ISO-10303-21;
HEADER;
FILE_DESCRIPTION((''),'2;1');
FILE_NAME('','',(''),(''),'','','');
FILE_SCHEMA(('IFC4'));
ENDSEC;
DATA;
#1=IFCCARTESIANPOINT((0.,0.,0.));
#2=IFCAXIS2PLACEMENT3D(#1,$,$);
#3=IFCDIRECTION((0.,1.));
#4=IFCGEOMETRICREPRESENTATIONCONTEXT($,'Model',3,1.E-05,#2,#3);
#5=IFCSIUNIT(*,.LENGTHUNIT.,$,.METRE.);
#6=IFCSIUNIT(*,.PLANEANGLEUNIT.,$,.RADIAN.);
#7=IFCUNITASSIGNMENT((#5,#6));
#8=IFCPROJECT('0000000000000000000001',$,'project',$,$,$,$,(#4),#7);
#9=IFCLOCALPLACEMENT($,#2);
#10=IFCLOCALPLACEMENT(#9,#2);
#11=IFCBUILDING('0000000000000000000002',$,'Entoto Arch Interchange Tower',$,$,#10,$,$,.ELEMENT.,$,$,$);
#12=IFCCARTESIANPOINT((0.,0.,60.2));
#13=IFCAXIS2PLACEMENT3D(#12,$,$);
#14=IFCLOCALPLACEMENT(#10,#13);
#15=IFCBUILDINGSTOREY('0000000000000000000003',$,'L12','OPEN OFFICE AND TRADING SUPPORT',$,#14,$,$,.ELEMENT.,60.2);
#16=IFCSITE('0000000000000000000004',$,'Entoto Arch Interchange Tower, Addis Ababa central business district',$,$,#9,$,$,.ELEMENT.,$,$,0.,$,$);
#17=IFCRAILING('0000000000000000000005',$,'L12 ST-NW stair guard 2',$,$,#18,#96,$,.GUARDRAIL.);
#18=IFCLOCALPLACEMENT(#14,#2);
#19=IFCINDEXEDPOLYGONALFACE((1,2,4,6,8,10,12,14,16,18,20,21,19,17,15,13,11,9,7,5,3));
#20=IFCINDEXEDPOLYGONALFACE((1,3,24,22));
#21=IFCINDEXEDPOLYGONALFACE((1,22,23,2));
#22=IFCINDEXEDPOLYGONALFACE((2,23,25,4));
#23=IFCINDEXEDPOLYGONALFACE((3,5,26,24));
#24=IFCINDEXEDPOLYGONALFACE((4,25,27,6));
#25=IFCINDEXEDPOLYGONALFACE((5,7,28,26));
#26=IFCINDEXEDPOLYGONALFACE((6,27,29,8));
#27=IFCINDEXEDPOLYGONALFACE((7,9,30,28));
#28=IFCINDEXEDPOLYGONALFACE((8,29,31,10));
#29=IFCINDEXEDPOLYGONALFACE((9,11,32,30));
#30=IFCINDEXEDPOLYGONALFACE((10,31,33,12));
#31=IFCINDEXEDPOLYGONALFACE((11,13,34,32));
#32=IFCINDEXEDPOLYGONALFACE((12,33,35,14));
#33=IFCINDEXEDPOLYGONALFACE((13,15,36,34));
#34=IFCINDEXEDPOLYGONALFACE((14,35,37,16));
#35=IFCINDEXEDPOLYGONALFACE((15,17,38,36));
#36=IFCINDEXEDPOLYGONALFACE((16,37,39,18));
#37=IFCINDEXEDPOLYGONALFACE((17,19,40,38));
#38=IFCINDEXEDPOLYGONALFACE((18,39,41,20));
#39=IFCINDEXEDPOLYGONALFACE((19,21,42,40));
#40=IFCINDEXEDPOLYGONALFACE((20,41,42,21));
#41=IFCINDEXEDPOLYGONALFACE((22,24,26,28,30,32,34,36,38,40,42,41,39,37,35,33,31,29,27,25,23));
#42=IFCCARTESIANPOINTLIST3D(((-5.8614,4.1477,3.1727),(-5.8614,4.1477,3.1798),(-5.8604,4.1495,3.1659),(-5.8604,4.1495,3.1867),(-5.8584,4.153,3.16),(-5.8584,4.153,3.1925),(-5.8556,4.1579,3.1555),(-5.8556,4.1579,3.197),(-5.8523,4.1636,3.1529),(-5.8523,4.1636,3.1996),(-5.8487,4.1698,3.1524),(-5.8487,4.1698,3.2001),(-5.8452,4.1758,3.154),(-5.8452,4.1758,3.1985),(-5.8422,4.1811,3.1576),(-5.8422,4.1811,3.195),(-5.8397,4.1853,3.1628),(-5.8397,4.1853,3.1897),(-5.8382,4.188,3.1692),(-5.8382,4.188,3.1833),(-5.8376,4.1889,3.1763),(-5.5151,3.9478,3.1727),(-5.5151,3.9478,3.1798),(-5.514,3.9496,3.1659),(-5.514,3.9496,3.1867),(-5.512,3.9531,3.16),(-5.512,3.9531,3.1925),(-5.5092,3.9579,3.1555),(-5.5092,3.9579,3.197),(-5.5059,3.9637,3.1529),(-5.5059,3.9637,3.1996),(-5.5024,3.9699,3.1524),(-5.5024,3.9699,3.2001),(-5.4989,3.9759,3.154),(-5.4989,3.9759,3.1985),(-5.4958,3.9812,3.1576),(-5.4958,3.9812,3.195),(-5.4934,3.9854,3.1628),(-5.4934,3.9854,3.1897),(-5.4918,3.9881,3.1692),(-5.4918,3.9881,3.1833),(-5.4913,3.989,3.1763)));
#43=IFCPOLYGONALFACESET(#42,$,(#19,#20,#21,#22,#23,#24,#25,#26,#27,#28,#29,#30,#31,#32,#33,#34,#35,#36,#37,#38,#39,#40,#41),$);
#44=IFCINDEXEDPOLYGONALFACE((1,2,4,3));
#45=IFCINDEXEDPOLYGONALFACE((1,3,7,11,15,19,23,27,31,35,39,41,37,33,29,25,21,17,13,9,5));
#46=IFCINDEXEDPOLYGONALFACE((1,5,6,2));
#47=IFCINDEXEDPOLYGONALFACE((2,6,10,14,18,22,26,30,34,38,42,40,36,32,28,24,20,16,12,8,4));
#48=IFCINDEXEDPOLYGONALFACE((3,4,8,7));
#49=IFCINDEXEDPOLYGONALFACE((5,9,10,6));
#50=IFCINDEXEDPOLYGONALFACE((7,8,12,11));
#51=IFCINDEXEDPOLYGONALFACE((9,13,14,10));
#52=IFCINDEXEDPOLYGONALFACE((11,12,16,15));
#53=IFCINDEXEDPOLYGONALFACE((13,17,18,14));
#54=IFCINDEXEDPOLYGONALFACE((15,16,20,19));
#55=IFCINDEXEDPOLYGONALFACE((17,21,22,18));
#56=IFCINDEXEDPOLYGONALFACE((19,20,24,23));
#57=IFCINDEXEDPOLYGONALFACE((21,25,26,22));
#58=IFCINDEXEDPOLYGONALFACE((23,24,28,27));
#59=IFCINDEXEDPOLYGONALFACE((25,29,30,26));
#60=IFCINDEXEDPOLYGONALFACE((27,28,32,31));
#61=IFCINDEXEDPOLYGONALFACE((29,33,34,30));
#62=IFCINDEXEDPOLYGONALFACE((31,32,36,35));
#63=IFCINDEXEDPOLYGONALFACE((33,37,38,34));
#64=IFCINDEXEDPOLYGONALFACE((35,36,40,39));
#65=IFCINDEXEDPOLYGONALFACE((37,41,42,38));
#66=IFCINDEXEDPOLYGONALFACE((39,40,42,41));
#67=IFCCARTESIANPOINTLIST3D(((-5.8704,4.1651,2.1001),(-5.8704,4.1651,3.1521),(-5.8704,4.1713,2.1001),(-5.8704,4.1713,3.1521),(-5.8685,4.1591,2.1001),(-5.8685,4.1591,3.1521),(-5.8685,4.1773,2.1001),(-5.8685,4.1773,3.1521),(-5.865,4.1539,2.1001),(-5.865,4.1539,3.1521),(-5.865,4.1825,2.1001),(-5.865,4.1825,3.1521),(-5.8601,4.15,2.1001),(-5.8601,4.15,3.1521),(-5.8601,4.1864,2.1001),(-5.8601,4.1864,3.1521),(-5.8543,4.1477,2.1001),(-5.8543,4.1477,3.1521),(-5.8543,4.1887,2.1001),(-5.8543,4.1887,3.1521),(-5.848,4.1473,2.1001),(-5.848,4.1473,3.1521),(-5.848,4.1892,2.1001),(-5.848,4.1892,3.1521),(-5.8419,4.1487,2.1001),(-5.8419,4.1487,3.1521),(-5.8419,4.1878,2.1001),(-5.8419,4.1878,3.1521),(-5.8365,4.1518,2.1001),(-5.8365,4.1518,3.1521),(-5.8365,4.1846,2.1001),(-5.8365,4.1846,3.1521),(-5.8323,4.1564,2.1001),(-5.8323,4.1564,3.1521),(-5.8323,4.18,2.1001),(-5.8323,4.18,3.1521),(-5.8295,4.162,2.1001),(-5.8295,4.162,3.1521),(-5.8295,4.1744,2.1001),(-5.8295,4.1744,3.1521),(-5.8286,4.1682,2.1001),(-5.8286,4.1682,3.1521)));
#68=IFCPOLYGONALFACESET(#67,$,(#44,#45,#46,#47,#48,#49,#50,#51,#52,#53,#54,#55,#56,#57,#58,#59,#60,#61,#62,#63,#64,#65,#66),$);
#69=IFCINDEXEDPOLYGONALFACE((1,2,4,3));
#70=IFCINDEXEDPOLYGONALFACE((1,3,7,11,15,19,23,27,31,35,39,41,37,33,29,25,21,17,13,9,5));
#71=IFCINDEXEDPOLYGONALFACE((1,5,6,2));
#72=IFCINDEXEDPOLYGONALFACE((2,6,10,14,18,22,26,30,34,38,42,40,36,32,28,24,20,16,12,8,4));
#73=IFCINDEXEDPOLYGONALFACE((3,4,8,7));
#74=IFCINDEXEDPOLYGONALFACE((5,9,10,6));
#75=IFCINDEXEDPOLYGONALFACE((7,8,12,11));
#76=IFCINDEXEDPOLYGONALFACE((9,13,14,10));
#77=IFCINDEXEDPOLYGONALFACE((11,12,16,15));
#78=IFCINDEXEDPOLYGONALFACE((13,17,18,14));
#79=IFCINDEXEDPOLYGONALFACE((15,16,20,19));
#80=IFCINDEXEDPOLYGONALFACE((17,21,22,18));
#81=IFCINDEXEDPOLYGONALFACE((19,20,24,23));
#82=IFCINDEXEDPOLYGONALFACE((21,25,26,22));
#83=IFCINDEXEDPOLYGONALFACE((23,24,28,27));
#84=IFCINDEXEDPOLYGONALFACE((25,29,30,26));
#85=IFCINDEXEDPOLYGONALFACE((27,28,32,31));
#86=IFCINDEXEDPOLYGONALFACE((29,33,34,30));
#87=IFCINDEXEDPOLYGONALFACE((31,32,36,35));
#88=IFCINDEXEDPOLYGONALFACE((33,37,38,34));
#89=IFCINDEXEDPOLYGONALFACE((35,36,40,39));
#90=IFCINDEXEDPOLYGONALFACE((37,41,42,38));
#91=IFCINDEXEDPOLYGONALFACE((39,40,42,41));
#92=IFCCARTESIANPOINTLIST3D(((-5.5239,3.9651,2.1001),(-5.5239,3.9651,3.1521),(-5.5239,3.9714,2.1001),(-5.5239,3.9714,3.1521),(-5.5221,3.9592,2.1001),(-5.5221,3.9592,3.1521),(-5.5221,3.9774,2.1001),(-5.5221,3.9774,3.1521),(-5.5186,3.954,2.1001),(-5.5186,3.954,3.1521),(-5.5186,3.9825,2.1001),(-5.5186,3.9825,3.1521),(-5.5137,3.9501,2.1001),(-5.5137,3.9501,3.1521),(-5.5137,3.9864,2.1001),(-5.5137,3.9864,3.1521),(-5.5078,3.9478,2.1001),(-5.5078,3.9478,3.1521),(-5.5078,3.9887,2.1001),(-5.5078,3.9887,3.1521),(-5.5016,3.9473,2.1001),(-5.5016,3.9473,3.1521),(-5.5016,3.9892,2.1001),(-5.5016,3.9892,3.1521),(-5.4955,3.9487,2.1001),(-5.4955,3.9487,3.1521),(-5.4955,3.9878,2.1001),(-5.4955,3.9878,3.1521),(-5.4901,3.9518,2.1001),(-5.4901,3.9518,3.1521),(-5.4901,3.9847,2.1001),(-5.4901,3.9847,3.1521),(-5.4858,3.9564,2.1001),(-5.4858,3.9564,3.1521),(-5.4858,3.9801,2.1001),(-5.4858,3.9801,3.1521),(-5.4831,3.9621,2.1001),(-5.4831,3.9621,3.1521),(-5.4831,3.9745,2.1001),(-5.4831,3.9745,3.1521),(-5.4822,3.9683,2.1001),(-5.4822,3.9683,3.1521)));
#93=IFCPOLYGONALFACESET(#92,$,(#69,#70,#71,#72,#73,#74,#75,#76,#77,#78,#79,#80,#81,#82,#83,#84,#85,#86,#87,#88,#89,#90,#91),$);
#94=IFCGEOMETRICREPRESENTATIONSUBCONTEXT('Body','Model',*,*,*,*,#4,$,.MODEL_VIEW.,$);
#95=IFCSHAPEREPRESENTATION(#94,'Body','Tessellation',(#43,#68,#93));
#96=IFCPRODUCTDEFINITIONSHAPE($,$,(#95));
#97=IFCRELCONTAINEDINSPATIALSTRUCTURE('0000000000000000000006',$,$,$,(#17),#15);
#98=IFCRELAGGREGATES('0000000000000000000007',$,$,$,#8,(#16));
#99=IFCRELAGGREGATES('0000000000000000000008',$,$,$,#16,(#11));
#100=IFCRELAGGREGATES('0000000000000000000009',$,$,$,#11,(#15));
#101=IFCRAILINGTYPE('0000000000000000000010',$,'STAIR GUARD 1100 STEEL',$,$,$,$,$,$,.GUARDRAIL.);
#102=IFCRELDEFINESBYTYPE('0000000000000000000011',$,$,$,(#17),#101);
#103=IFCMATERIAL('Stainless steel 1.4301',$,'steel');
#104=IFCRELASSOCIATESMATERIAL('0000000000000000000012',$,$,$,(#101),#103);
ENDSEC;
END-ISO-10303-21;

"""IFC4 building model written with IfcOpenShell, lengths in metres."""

from ifc_helpers import new_model, si_unit, direction, frame, origin, origin_2d, place, context, subcontext, project, spatial, circle, extrude, material, type_object, element, save


model = new_model("IFC4")

# Units and contexts
model_context = context("Model", 3, precision=1e-05, world=origin(), true_north=direction((0.0, 1.0)))
body_context = subcontext(model_context, "Body", "Model", "MODEL_VIEW")
ifc_project = project(units=[si_unit("LENGTHUNIT", "METRE"), si_unit("PLANEANGLEUNIT", "RADIAN")], contexts=[model_context])

# Site, building, storey
site_placement = place(None, origin())
site = spatial("IfcSite", under=ifc_project, at=site_placement, Name="Entoto Arch Interchange Tower, Addis Ababa central business district", CompositionType="ELEMENT", RefElevation=0.0)
building_placement = place(site_placement, origin())
building = spatial("IfcBuilding", under=site, at=building_placement, Name="Entoto Arch Interchange Tower", CompositionType="ELEMENT")
storey_placement = place(building_placement, frame((0.0, 0.0, 60.2)))
storey = spatial("IfcBuildingStorey", under=building, at=storey_placement, Name="L12", Description="OPEN OFFICE AND TRADING SUPPORT", CompositionType="ELEMENT", Elevation=60.2)

# Railing
ifc_material_1 = material(Name="Stainless steel 1.4301", Category="steel")
railing_type_1 = type_object("IfcRailingType", Name="STAIR GUARD 1100 STEEL", PredefinedType="GUARDRAIL", material=ifc_material_1)
railing_1_placement = place(storey_placement, frame((-5.8496, 4.1682, 2.1001)))
element("IfcRailing", 1, at=railing_1_placement, inside=storey, type_object=railing_type_1, Name="L12 ST-NW stair guard 2", PredefinedType="GUARDRAIL", context=body_context, shape_type="SweptSolid", body=[
    extrude(circle(Radius=0.0239, at=origin_2d()), frame((0.0, 0.0, 1.0762), z_axis=(0.866094, -0.499881, 0.0), x_axis=(0.499881, 0.866094, 0.0)), (0.0, 0.0, 1.0), 0.3999),
    extrude(circle(Radius=0.021, at=origin_2d()), origin(), (0.0, 0.0, 1.0), 1.052),
    extrude(circle(Radius=0.021, at=origin_2d()), frame((0.3464, -0.2, 0.0)), (0.0, 0.0, 1.0), 1.052),
])

save(model, "model.ifc")
